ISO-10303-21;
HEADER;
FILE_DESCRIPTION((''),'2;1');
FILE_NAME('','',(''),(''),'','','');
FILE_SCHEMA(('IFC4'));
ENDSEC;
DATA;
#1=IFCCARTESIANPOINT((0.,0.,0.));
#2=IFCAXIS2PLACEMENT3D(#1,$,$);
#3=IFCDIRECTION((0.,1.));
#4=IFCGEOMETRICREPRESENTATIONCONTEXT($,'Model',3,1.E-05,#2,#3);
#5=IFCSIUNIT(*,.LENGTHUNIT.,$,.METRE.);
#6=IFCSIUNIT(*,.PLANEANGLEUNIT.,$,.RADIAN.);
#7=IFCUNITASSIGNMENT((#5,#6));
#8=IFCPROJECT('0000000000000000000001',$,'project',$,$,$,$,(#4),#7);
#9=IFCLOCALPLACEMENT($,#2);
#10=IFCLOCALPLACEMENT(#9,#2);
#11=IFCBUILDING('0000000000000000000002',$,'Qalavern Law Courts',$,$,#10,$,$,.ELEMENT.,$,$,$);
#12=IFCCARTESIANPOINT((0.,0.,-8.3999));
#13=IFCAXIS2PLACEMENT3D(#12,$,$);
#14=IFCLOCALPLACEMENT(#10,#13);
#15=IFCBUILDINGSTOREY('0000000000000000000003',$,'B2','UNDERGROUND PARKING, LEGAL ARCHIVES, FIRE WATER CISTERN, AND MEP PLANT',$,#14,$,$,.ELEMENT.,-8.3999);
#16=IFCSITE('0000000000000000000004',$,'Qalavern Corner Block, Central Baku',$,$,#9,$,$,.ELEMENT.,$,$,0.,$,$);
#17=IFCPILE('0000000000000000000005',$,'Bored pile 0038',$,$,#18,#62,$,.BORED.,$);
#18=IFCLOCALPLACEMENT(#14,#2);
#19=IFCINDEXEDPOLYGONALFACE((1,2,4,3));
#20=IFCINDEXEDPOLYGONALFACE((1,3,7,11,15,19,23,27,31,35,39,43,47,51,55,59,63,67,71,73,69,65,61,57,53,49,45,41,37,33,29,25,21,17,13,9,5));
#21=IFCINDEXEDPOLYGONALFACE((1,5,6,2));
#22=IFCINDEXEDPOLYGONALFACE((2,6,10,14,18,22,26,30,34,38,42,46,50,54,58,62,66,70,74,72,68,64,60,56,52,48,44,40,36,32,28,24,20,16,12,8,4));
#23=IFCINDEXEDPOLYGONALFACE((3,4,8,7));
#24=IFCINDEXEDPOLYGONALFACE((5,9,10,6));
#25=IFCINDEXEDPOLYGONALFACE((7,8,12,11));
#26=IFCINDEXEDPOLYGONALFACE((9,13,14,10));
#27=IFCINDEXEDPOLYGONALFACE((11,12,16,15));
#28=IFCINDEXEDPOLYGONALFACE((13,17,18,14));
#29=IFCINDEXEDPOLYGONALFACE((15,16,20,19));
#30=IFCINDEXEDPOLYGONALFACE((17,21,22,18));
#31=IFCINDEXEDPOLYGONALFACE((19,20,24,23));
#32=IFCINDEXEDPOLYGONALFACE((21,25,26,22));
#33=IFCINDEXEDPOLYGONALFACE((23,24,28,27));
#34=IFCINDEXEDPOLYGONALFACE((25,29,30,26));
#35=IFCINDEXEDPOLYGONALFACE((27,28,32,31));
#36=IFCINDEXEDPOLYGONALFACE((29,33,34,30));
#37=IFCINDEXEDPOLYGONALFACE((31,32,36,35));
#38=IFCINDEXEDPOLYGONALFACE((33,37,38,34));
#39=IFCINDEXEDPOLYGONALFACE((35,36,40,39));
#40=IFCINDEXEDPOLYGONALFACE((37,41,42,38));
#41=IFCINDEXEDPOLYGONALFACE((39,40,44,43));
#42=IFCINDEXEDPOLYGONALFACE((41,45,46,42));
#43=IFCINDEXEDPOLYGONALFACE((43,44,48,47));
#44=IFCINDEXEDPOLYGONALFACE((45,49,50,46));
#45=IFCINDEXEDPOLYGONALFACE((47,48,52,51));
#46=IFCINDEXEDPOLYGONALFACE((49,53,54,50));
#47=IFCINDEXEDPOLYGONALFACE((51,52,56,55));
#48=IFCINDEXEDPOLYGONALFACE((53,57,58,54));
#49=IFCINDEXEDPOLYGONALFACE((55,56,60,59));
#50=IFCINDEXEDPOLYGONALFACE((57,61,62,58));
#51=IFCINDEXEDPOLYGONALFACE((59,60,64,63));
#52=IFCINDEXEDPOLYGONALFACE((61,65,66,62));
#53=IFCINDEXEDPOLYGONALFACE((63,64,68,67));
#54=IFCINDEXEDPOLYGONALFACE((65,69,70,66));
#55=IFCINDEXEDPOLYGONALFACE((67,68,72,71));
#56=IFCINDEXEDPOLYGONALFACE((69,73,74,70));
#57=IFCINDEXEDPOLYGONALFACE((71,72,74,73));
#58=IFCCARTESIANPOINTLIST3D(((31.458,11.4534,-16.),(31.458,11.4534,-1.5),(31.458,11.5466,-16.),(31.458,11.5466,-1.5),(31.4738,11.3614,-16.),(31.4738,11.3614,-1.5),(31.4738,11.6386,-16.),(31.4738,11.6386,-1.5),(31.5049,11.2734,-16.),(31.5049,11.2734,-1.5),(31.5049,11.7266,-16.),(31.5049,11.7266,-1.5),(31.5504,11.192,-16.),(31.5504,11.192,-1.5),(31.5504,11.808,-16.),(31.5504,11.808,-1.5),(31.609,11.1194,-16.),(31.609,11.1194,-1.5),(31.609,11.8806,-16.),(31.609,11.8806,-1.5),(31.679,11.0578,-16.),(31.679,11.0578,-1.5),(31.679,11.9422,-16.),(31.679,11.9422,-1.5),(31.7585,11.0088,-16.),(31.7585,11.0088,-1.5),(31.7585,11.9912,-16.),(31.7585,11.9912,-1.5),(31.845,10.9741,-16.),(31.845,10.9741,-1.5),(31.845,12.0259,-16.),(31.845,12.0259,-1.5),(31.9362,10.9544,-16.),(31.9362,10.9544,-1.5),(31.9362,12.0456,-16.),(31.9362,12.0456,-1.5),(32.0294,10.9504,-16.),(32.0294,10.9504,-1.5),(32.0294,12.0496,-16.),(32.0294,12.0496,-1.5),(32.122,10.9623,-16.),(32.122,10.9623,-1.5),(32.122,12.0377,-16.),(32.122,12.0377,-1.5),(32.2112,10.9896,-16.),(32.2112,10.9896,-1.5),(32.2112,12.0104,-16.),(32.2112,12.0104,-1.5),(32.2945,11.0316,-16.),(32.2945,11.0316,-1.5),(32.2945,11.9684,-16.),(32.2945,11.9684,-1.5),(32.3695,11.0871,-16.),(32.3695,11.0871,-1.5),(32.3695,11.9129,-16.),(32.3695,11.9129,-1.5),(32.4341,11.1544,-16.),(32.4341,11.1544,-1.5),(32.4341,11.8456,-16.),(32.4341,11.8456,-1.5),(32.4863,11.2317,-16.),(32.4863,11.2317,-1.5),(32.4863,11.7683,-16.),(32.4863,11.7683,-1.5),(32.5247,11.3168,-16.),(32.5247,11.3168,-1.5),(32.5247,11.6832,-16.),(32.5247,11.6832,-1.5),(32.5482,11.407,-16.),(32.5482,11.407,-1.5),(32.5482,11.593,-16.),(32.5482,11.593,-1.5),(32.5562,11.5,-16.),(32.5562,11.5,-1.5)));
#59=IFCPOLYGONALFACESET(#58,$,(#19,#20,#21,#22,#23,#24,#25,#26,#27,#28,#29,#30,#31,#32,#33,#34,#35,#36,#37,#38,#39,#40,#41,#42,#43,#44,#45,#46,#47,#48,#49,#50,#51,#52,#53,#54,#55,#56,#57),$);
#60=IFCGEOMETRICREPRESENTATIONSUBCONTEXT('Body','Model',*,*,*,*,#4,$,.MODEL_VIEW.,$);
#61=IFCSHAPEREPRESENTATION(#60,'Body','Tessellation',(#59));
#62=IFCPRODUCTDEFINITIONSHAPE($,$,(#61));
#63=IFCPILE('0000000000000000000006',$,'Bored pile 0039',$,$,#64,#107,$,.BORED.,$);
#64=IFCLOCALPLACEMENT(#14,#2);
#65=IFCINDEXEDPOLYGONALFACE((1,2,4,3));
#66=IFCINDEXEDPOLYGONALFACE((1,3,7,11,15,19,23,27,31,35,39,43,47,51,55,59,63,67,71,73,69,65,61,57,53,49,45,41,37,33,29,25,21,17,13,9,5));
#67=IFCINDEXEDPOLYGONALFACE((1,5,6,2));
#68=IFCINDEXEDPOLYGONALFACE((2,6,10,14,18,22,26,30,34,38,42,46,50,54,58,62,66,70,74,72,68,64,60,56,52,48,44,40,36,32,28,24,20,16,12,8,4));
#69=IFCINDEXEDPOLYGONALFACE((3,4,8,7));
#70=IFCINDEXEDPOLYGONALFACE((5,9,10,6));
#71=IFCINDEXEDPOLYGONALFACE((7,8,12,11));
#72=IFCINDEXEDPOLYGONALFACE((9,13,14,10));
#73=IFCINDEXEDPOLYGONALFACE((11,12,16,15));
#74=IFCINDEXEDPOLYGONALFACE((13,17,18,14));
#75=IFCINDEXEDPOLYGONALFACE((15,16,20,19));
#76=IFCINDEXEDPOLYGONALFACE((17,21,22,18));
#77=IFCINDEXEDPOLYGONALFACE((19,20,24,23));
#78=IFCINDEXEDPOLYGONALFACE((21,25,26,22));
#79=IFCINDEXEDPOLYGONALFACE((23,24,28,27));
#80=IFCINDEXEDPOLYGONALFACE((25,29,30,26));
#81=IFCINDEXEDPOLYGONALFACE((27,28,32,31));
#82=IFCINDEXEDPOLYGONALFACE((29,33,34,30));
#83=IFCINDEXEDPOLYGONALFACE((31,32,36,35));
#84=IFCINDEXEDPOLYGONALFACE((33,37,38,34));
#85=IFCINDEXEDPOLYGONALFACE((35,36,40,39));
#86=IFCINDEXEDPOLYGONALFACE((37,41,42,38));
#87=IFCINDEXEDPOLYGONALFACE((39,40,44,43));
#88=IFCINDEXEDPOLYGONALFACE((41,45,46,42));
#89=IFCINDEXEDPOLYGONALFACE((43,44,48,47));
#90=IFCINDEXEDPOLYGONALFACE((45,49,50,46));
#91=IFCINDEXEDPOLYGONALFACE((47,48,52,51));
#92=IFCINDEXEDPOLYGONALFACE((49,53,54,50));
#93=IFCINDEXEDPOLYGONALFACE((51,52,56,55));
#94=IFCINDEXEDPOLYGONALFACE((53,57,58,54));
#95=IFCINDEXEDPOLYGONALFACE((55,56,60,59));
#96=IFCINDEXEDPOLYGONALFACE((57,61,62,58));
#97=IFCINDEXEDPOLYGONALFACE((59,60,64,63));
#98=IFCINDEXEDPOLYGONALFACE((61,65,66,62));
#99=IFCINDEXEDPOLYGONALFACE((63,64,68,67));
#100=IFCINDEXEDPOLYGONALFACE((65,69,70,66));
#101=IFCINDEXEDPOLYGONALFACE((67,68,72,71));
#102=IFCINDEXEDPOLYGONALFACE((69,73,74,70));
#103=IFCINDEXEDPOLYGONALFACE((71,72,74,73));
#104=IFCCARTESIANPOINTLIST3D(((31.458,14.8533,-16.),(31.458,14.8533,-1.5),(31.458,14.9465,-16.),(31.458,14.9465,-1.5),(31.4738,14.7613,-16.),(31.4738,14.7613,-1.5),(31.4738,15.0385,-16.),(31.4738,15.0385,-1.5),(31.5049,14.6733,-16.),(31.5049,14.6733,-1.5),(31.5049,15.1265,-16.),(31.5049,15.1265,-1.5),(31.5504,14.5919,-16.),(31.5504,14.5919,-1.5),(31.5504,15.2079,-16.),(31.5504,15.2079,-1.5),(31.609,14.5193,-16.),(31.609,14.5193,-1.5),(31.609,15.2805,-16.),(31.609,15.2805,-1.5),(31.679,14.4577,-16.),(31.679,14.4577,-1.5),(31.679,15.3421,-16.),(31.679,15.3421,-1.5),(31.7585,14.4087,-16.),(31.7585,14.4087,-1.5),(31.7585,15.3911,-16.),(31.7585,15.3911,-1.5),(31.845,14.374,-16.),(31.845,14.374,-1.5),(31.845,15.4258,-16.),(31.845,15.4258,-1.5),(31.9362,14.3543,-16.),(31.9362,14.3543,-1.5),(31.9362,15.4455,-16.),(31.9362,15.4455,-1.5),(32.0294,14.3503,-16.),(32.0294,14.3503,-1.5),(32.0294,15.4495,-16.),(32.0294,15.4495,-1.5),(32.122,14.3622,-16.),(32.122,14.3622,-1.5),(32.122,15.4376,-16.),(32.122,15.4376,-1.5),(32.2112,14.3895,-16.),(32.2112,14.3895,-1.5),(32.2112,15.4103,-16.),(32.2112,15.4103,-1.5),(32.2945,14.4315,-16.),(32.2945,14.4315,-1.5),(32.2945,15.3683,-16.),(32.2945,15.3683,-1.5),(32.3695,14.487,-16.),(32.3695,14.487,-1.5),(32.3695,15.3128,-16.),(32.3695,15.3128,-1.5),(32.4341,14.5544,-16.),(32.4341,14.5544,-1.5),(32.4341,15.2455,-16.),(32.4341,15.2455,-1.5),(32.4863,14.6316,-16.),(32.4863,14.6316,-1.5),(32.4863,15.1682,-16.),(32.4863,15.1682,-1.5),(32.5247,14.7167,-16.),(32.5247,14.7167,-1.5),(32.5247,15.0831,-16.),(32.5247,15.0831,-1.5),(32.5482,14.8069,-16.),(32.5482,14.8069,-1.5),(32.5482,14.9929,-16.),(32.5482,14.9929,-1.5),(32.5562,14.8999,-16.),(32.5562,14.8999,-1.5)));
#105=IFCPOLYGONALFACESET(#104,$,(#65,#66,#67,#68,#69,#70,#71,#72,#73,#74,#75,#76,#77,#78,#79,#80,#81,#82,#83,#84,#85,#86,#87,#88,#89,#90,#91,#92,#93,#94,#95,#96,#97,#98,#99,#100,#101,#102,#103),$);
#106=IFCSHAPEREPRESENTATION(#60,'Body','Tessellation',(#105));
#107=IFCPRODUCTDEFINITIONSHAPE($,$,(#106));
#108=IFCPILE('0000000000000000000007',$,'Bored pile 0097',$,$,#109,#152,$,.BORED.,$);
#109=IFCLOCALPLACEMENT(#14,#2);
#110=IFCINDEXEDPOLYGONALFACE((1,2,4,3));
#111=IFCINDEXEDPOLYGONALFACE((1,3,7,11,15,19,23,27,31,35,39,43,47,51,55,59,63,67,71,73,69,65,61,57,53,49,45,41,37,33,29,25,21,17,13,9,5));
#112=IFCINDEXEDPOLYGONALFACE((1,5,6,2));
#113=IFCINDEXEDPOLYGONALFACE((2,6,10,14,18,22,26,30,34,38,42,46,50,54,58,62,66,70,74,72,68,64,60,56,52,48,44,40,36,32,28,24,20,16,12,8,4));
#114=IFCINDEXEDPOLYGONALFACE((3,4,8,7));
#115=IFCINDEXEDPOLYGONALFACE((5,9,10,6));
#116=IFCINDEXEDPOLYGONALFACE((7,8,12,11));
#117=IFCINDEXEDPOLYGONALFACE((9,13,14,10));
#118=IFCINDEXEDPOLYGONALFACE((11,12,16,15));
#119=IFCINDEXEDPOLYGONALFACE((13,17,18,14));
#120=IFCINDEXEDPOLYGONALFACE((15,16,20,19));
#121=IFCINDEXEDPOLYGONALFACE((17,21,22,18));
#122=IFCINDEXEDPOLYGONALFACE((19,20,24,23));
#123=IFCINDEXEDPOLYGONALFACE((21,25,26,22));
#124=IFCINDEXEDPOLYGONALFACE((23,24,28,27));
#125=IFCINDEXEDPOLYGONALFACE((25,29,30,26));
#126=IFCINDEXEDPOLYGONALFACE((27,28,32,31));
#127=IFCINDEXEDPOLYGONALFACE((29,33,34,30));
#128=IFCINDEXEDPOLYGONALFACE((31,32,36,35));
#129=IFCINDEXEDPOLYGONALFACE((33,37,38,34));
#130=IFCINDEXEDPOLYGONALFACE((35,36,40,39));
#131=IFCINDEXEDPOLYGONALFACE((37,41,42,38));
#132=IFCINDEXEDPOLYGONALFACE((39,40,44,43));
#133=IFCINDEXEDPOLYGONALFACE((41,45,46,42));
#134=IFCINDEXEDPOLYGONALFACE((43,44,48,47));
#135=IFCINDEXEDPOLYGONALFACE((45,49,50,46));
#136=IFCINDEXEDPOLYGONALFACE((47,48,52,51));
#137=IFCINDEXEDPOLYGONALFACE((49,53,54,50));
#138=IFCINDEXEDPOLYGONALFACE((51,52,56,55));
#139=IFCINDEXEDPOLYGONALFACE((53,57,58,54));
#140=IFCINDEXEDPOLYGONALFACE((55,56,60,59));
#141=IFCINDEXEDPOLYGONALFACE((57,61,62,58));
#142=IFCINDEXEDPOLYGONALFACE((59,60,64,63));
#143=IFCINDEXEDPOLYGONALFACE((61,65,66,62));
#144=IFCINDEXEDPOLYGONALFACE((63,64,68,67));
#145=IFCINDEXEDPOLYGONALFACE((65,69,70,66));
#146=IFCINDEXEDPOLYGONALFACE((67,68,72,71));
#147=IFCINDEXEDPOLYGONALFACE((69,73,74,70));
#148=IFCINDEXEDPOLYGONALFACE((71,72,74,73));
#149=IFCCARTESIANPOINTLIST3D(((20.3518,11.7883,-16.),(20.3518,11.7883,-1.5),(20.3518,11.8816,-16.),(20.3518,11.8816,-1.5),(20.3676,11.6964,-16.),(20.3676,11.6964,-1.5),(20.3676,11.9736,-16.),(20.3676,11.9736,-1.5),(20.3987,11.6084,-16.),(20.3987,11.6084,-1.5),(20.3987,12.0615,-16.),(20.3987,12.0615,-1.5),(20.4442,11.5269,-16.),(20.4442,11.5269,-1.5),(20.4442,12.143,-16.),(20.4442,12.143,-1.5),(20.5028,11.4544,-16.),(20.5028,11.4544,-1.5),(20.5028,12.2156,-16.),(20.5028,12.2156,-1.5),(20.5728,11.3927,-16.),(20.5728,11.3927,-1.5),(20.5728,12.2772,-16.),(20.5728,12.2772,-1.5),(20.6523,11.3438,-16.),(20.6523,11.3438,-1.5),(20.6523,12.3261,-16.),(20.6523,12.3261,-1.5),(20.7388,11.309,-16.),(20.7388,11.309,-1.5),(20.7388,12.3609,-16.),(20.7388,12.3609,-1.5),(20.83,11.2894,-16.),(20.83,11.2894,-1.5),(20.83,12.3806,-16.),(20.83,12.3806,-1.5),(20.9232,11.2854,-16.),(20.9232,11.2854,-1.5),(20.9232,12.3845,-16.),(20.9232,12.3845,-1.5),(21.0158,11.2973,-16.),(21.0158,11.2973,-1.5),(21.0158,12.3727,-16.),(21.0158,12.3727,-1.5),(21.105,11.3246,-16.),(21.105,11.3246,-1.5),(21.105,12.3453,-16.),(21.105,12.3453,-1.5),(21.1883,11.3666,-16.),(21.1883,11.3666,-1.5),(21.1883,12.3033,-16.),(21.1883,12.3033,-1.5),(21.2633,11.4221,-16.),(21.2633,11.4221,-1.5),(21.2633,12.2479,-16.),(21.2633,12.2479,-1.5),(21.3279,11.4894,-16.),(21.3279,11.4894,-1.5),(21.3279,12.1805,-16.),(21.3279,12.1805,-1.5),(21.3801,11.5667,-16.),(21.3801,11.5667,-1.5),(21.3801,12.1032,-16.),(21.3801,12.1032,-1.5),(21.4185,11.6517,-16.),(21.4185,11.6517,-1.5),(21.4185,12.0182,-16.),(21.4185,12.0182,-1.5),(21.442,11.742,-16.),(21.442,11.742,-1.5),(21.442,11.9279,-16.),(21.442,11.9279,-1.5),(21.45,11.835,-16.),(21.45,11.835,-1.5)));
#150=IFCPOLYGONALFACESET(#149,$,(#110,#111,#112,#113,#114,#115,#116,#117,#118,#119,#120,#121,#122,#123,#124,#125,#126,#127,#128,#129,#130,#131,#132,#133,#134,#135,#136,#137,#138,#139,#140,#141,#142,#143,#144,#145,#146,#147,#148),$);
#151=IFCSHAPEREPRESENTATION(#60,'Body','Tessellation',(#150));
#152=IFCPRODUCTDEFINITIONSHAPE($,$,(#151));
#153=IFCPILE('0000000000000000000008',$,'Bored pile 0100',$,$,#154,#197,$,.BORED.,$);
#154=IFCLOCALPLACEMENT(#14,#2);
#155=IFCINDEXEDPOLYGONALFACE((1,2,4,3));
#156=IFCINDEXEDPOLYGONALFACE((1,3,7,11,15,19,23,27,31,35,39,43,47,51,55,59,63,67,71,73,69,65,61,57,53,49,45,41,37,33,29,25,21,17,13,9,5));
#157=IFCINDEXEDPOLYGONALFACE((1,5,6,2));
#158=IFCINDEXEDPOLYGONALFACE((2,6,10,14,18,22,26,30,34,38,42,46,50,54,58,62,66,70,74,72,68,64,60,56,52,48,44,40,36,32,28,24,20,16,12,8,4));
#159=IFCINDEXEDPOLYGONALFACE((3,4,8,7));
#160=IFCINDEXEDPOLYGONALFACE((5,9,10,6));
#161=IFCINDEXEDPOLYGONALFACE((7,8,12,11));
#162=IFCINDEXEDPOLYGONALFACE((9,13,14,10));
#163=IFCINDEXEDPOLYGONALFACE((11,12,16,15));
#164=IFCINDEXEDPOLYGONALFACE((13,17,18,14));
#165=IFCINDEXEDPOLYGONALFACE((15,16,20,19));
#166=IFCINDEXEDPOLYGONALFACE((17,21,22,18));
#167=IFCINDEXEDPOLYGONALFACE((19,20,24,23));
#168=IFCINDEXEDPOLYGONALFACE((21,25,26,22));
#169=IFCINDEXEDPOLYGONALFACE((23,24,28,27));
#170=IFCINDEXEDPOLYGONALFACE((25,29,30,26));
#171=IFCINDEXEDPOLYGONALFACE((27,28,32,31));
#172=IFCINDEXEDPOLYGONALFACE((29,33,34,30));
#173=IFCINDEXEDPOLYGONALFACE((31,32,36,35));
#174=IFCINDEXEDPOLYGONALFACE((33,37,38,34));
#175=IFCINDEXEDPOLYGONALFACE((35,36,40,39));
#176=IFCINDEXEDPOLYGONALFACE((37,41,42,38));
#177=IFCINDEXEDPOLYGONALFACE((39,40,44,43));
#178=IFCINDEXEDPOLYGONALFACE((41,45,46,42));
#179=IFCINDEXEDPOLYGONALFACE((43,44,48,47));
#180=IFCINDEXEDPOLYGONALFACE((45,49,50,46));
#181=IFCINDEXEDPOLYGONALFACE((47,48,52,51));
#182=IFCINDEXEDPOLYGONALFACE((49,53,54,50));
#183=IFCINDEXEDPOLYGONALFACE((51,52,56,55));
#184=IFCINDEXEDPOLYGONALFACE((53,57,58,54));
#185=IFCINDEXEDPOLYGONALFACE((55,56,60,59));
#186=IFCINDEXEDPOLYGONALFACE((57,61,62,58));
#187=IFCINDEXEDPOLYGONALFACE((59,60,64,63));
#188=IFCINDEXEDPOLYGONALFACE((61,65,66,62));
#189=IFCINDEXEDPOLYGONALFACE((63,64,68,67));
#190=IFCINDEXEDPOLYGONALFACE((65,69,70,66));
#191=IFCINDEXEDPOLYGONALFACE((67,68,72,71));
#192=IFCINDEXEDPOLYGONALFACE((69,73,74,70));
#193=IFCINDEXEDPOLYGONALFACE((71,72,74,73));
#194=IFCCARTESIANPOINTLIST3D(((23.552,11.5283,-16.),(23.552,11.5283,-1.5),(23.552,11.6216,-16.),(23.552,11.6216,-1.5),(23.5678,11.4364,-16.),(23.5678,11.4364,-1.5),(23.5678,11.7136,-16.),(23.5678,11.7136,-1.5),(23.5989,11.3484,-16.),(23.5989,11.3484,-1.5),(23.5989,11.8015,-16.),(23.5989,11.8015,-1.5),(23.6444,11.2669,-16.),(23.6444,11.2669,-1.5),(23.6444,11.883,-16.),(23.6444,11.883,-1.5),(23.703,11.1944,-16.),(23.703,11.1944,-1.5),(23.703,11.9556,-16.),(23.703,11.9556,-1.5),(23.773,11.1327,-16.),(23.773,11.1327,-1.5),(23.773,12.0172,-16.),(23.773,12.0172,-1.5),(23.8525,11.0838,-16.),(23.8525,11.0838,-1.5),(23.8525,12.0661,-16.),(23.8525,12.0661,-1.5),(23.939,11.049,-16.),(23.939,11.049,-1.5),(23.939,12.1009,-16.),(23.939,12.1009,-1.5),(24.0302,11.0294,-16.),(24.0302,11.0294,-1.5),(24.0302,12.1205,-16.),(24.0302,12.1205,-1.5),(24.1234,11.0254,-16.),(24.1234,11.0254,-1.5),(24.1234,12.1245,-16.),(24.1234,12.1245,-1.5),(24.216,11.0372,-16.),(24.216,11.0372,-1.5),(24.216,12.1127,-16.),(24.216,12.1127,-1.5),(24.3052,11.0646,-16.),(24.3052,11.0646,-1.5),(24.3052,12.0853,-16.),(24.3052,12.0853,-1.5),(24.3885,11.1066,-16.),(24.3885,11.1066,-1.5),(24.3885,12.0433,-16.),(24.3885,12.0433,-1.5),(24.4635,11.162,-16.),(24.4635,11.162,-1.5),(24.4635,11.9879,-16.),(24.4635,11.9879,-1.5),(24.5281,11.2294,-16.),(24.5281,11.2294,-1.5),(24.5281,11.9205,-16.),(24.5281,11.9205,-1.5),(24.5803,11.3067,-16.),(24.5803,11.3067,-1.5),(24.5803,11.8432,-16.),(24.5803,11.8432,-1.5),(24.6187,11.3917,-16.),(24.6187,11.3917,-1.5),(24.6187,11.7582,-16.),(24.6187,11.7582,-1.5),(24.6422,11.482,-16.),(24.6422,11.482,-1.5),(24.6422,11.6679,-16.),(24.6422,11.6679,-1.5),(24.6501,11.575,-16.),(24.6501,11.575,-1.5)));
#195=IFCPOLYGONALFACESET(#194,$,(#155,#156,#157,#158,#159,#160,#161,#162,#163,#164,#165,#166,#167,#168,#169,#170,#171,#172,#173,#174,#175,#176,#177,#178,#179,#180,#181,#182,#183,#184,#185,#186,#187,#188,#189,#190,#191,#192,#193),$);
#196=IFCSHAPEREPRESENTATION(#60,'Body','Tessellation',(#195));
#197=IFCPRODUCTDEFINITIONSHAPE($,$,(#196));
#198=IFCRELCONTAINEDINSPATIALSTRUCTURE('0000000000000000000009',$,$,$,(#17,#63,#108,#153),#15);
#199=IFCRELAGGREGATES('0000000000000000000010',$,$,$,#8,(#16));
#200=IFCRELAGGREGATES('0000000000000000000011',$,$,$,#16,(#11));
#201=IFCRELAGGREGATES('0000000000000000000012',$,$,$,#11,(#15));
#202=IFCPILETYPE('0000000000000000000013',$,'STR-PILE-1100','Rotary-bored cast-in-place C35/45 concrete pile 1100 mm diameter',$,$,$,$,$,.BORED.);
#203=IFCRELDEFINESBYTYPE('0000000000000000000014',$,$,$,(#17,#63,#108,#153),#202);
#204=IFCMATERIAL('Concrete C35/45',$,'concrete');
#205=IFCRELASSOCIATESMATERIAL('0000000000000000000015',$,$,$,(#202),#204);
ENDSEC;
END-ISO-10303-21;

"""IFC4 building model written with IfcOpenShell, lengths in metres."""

from ifc_helpers import new_model, si_unit, direction, frame, origin, origin_2d, place, context, subcontext, project, spatial, circle, extrude, material, material_profile, profile_set, type_object, element, save


model = new_model("IFC4")

# Units and contexts
model_context = context("Model", 3, precision=1e-05, world=origin(), true_north=direction((0.0, 1.0)))
body_context = subcontext(model_context, "Body", "Model", "MODEL_VIEW")
ifc_project = project(units=[si_unit("LENGTHUNIT", "METRE"), si_unit("PLANEANGLEUNIT", "RADIAN")], contexts=[model_context])

# Site, building, storey
site_placement = place(None, origin())
site = spatial("IfcSite", under=ifc_project, at=site_placement, Name="Qalavern Corner Block, Central Baku", CompositionType="ELEMENT", RefElevation=0.0)
building_placement = place(site_placement, origin())
building = spatial("IfcBuilding", under=site, at=building_placement, Name="Qalavern Law Courts", CompositionType="ELEMENT")
storey_placement = place(building_placement, frame((0.0, 0.0, -8.3999)))
storey = spatial("IfcBuildingStorey", under=building, at=storey_placement, Name="B2", Description="UNDERGROUND PARKING, LEGAL ARCHIVES, FIRE WATER CISTERN, AND MEP PLANT", CompositionType="ELEMENT", Elevation=-8.3999)

# Shared definitions
ifc_material_1 = material(Name="Concrete C35/45", Category="concrete")

# Piles
ifc_material_profile_1 = material_profile(ifc_material_1, circle(Radius=0.55, at=origin_2d()), Name="BORED PILE 1100")
ifc_profile_set_1 = profile_set([ifc_material_profile_1], Name="Concrete C35/45")
pile_type_1 = type_object("IfcPileType", Name="STR-PILE-1100", Description="Rotary-bored cast-in-place C35/45 concrete pile 1100 mm diameter", PredefinedType="BORED", material=ifc_profile_set_1)
for number, where, z_axis, x_axis, name in (
    (1, (32.0061, 11.5, -1.5), (0.0, 0.0, -1.0), (1.0, 0.0, 0.0), "Bored pile 0038"),
    (2, (32.0061, 14.8999, -1.5), (0.0, 0.0, -1.0), (1.0, 0.0, 0.0), "Bored pile 0039"),
    (3, (20.8999, 11.835, -1.5), (0.0, 0.0, -1.0), (1.0, 0.0, 0.0), "Bored pile 0097"),
    (4, (24.1001, 11.575, -1.5), (0.0, 0.0, -1.0), (1.0, 0.0, 0.0), "Bored pile 0100"),
):
    element("IfcPile", number, at=place(storey_placement, frame(where, z_axis=z_axis, x_axis=x_axis)), inside=storey, type_object=pile_type_1, Name=name, PredefinedType="BORED", context=body_context, shape_type="SweptSolid", body=[
        extrude(circle(Radius=0.55, at=origin_2d()), origin(), (0.0, 0.0, 1.0), 14.5),
    ])

save(model, "model.ifc")
